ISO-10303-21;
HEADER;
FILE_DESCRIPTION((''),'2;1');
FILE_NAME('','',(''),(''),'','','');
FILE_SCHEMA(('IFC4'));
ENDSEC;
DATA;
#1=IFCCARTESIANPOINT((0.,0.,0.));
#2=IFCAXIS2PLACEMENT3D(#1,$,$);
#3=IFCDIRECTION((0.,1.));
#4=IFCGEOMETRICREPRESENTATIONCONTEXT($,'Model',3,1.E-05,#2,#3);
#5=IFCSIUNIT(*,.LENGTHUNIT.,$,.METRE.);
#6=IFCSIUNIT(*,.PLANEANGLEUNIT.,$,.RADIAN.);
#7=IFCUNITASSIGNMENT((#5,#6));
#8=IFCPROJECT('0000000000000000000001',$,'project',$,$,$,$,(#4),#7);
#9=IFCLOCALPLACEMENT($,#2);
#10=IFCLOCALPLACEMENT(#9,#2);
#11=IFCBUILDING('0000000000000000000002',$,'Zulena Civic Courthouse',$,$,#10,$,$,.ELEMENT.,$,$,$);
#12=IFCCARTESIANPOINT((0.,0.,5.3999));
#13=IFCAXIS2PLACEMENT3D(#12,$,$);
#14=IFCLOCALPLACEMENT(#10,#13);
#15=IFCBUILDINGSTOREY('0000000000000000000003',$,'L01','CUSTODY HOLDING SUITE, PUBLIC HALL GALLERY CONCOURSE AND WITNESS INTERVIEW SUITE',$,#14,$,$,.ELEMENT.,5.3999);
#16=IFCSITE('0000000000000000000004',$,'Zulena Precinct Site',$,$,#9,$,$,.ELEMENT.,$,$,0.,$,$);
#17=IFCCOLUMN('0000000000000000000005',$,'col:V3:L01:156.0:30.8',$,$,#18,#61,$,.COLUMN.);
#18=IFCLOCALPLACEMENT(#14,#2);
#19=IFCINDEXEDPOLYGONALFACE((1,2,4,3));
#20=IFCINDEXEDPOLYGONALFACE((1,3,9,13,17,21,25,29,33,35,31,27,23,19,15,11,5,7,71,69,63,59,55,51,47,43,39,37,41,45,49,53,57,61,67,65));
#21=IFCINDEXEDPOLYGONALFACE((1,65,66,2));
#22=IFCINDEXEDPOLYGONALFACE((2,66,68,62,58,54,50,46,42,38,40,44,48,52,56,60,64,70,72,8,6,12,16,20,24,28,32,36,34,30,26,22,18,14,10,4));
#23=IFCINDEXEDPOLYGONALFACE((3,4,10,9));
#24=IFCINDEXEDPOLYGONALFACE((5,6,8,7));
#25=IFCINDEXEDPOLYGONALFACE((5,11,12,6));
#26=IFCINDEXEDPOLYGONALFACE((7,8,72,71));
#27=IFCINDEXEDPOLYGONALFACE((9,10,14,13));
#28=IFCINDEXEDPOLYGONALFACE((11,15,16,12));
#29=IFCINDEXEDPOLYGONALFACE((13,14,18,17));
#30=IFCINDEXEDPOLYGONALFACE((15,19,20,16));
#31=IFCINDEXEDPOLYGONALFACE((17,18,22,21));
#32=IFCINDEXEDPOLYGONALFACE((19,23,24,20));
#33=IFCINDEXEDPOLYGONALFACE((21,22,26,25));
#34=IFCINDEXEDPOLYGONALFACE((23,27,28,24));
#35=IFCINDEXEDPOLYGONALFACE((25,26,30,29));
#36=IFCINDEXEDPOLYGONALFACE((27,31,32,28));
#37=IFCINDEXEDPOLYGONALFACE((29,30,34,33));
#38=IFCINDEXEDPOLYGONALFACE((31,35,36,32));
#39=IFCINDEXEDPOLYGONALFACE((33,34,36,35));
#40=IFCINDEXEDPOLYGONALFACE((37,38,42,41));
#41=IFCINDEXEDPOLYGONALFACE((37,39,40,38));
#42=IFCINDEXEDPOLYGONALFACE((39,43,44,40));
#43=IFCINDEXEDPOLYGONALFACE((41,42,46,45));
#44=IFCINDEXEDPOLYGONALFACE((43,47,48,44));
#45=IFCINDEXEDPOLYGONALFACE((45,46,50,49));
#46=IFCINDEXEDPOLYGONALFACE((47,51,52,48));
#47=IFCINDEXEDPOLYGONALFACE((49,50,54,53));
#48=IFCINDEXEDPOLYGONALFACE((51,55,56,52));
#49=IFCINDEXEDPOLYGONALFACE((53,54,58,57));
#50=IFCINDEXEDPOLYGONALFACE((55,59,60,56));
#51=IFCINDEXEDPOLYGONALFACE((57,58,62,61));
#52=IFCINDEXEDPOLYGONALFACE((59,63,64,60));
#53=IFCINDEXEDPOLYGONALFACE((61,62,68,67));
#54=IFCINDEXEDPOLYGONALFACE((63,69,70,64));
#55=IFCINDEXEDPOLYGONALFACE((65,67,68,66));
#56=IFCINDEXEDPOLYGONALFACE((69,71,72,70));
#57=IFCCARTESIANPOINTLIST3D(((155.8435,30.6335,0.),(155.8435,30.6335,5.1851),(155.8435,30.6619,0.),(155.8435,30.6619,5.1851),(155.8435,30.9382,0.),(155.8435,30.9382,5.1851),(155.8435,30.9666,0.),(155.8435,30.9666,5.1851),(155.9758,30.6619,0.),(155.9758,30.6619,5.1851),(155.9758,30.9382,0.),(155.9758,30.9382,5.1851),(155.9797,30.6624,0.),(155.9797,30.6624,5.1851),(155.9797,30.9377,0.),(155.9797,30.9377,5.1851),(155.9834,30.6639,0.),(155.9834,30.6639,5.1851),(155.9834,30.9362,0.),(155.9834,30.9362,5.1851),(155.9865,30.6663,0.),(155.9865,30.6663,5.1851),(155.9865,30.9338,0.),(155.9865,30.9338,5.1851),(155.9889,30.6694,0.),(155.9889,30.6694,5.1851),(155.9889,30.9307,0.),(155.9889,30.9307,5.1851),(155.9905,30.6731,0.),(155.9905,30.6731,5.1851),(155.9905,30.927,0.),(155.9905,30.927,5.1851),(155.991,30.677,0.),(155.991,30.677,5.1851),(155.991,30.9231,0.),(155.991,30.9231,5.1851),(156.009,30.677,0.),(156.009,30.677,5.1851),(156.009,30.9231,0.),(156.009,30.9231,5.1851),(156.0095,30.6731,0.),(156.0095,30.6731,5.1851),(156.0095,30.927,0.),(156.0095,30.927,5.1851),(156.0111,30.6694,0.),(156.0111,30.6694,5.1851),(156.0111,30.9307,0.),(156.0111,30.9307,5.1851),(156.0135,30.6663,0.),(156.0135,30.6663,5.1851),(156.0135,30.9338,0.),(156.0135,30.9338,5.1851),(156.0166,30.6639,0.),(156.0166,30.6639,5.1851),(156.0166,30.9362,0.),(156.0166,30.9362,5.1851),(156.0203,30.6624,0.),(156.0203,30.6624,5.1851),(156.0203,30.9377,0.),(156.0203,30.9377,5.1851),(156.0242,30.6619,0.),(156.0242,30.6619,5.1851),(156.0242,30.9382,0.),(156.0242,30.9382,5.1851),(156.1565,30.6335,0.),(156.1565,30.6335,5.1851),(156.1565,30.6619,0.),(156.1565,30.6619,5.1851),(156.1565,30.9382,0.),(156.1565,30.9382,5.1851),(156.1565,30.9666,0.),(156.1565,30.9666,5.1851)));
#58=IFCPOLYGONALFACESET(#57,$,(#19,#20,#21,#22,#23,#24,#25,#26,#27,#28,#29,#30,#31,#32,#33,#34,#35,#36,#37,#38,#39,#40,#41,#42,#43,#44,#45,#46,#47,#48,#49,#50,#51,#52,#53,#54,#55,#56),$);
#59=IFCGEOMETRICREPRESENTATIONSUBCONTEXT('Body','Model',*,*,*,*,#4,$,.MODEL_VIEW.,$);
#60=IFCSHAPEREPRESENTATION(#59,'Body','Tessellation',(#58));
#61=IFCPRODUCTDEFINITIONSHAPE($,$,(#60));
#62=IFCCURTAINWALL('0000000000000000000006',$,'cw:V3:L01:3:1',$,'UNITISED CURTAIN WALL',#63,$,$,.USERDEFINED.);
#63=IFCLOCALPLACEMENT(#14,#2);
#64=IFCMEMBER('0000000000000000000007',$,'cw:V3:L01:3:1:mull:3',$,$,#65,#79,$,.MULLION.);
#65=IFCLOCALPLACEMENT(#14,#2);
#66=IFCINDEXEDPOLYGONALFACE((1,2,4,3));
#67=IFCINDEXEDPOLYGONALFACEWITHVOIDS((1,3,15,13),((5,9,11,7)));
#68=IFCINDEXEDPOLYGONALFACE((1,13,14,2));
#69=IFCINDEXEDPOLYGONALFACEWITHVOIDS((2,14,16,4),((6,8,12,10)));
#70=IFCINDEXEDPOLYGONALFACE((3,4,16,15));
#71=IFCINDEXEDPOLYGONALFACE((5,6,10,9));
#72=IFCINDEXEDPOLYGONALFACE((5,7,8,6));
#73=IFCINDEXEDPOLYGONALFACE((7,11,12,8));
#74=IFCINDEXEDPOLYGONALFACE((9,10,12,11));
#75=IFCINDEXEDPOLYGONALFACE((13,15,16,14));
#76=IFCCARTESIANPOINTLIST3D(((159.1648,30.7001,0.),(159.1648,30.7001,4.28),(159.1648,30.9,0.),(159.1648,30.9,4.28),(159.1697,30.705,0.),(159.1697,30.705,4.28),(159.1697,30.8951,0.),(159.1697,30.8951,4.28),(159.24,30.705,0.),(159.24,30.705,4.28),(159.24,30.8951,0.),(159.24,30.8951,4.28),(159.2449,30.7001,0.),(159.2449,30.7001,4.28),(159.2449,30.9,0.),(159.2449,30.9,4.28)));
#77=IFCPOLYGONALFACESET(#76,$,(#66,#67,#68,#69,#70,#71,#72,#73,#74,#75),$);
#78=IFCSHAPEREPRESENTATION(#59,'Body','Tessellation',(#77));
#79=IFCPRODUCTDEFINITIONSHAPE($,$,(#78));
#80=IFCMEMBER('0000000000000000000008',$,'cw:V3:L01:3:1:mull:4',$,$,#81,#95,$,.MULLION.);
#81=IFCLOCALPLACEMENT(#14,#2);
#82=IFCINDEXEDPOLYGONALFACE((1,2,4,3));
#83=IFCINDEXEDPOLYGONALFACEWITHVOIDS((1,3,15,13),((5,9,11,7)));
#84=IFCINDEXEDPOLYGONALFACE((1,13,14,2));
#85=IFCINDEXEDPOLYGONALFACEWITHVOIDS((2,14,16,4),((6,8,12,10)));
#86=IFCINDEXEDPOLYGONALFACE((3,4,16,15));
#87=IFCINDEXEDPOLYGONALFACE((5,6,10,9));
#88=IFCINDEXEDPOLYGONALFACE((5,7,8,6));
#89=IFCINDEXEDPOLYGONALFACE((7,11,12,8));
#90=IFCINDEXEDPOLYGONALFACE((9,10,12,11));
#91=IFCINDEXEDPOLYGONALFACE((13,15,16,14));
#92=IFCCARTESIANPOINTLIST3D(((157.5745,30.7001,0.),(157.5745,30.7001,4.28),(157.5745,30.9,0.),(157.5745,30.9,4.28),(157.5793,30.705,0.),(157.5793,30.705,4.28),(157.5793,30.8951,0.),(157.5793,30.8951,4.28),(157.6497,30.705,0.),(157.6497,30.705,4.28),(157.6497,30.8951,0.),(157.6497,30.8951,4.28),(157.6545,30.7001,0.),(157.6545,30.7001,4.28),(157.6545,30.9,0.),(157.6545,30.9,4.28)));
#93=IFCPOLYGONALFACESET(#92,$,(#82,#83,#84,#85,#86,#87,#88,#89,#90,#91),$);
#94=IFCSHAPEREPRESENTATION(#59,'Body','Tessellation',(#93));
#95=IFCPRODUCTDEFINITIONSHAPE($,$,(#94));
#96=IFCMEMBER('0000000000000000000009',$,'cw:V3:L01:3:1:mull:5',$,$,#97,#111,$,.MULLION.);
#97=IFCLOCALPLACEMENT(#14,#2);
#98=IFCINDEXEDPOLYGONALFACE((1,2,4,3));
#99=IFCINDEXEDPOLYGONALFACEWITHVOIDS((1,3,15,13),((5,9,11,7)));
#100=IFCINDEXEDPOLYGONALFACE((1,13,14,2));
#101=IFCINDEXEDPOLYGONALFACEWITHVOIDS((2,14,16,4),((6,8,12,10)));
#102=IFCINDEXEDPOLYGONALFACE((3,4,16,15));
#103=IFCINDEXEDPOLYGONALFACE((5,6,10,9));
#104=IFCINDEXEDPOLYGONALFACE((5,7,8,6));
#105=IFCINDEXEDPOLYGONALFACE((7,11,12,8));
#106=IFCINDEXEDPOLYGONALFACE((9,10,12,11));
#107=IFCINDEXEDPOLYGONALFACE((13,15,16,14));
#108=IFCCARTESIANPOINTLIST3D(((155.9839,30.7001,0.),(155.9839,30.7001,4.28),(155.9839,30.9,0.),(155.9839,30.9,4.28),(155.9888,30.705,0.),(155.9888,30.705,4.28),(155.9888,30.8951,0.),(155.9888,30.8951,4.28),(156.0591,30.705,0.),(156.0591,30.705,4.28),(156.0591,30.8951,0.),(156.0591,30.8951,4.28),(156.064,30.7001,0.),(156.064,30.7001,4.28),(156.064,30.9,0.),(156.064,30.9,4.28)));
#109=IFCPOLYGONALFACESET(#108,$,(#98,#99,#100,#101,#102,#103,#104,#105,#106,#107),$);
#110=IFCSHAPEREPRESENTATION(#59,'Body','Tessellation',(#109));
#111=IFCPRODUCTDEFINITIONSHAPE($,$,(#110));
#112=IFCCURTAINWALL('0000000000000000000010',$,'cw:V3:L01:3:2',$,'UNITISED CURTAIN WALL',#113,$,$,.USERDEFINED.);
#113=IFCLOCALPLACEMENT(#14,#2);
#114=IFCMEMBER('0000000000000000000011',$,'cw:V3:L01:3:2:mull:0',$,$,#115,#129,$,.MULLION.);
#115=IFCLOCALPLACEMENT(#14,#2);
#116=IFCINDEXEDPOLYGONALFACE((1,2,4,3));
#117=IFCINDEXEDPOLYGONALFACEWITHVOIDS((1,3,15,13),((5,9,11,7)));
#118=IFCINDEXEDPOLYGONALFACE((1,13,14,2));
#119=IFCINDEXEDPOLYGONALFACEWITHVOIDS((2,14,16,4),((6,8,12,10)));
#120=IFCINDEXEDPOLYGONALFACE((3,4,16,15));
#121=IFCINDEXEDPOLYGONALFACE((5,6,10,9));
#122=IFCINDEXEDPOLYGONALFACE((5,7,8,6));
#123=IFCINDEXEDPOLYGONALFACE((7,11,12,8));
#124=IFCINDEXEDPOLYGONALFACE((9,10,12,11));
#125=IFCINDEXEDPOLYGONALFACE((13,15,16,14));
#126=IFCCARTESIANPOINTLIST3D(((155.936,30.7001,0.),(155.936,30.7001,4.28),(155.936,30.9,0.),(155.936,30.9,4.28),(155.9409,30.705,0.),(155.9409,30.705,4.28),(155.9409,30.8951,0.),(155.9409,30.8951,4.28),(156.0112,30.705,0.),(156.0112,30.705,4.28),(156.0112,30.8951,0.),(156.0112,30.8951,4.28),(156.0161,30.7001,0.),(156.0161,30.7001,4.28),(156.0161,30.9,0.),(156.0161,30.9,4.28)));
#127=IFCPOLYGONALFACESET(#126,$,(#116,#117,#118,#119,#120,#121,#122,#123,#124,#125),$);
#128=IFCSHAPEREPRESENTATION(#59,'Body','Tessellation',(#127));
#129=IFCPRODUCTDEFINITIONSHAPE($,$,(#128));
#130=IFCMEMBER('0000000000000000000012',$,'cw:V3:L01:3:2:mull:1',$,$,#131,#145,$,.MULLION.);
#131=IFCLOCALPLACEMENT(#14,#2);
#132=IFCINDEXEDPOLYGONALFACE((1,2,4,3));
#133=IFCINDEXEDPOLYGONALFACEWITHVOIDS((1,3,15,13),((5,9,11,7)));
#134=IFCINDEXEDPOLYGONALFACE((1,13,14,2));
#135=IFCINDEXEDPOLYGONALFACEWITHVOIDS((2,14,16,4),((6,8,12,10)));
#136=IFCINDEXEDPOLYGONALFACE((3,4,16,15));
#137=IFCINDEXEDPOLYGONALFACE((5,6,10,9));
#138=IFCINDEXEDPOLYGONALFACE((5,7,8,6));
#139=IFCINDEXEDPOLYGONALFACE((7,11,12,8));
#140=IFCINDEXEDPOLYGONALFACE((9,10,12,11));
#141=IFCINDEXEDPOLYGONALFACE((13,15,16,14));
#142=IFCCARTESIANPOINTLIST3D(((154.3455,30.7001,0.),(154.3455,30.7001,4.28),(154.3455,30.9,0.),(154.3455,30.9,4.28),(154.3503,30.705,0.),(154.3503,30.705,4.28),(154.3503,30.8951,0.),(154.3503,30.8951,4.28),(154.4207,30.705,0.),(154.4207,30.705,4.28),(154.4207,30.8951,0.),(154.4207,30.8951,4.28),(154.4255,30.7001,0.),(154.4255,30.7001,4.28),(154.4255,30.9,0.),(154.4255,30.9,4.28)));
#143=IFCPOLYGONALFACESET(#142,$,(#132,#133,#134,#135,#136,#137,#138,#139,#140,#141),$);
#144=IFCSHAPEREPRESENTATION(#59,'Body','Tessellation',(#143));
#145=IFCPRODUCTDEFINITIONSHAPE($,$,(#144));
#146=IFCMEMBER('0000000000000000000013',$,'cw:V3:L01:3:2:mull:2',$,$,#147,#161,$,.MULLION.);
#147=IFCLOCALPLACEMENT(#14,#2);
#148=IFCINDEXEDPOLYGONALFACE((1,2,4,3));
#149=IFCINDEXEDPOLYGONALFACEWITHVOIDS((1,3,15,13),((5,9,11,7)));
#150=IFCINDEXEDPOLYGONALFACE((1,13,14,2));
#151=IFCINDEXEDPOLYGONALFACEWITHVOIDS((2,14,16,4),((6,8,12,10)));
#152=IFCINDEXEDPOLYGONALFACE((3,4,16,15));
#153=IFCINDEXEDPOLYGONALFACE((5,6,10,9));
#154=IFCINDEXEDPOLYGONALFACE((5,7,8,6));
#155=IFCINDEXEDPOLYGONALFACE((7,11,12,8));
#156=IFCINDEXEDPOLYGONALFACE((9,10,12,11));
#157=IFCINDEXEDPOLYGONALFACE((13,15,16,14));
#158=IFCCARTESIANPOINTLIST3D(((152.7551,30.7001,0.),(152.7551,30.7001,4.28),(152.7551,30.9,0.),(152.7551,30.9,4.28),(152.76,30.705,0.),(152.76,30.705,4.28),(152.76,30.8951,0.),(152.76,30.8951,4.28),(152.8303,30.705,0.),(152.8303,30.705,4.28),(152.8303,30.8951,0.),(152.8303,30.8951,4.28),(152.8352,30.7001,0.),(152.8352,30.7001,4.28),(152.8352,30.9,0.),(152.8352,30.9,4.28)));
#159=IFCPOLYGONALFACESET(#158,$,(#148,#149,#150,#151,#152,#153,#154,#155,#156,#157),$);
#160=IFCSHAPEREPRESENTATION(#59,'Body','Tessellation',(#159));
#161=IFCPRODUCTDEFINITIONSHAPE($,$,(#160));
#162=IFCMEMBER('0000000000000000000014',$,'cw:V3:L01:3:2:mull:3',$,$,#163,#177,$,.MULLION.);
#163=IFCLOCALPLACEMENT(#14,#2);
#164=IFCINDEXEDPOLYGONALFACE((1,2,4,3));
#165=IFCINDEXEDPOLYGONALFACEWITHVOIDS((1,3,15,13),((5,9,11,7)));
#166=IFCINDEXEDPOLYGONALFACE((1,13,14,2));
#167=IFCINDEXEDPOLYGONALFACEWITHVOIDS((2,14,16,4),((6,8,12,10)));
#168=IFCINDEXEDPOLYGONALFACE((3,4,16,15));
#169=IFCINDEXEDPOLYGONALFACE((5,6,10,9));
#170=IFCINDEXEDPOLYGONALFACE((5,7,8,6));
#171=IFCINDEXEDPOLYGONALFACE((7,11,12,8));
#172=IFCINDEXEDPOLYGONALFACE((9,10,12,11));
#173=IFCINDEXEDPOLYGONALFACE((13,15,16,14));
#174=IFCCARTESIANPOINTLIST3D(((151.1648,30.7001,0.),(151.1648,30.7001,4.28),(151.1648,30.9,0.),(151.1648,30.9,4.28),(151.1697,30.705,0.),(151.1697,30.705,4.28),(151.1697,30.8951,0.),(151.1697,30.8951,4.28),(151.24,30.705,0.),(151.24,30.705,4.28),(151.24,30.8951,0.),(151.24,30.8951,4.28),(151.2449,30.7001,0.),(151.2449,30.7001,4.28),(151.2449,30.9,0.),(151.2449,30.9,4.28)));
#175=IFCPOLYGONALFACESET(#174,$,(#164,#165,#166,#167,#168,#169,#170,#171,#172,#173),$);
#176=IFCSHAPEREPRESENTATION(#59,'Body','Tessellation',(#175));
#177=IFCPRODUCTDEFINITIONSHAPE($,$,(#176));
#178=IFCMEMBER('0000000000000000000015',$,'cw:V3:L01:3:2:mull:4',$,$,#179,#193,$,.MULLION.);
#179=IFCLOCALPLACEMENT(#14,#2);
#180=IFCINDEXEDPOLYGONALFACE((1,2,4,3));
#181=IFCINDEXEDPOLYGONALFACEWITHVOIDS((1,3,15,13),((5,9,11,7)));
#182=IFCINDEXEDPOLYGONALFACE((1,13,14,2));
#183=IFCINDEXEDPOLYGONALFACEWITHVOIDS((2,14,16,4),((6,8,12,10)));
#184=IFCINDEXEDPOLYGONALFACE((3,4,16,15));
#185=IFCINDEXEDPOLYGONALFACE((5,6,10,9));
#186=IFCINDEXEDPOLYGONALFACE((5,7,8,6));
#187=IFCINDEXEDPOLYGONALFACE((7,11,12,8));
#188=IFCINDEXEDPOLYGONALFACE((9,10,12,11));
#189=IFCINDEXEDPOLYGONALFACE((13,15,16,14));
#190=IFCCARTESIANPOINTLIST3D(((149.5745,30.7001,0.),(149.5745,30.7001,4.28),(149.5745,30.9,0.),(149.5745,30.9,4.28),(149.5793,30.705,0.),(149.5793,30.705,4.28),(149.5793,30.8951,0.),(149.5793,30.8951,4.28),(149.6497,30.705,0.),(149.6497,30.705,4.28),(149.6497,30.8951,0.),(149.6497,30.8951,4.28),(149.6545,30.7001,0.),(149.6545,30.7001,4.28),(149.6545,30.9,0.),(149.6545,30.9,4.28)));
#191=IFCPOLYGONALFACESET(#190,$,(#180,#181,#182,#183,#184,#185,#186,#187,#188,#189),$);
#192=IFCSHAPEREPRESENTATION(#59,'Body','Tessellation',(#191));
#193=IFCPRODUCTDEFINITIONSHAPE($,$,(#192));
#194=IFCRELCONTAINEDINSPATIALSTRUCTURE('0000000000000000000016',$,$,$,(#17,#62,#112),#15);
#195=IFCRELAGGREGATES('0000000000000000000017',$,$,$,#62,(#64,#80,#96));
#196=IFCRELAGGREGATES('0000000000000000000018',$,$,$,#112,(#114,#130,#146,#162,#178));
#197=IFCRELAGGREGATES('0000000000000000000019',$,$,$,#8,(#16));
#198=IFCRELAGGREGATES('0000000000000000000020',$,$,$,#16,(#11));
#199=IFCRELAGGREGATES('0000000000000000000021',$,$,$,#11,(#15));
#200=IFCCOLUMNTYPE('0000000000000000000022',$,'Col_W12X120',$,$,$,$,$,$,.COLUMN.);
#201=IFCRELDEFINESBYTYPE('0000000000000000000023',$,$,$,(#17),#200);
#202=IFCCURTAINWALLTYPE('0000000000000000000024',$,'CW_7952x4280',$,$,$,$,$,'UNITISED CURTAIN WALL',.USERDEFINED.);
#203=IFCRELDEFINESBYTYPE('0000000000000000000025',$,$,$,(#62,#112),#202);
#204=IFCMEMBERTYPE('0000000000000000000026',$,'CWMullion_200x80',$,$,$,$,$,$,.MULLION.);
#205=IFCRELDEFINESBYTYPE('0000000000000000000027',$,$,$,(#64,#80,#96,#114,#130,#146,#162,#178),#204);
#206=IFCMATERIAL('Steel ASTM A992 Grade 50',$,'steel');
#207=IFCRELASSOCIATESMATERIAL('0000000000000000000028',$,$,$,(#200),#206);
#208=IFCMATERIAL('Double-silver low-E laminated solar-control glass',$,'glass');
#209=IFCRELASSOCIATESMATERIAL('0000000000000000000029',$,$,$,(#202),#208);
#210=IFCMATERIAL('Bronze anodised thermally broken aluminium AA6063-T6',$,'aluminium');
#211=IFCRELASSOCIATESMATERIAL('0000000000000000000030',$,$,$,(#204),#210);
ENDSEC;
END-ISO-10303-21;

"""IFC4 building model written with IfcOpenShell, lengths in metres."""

from ifc_helpers import new_model, si_unit, direction, frame, origin, origin_2d, place, context, subcontext, project, spatial, hollow_rectangle, i_section, extrude, material, material_profile, profile_set, type_object, element, aggregate, save


model = new_model("IFC4")

# Units and contexts
model_context = context("Model", 3, precision=1e-05, world=origin(), true_north=direction((0.0, 1.0)))
body_context = subcontext(model_context, "Body", "Model", "MODEL_VIEW")
ifc_project = project(units=[si_unit("LENGTHUNIT", "METRE"), si_unit("PLANEANGLEUNIT", "RADIAN")], contexts=[model_context])

# Site, building, storey
site_placement = place(None, origin())
site = spatial("IfcSite", under=ifc_project, at=site_placement, Name="Zulena Precinct Site", CompositionType="ELEMENT", RefElevation=0.0)
building_placement = place(site_placement, origin())
building = spatial("IfcBuilding", under=site, at=building_placement, Name="Zulena Civic Courthouse", CompositionType="ELEMENT")
storey_placement = place(building_placement, frame((0.0, 0.0, 5.3999)))
storey = spatial("IfcBuildingStorey", under=building, at=storey_placement, Name="L01", Description="CUSTODY HOLDING SUITE, PUBLIC HALL GALLERY CONCOURSE AND WITNESS INTERVIEW SUITE", CompositionType="ELEMENT", Elevation=5.3999)

# Column
ifc_material_1 = material(Name="Steel ASTM A992 Grade 50", Category="steel")
ifc_material_profile_1 = material_profile(ifc_material_1, i_section(OverallWidth=0.313, OverallDepth=0.333, WebThickness=0.0181, FlangeThickness=0.0283, FilletRadius=0.0151, at=origin_2d()), Name="W12X120")
ifc_profile_set_1 = profile_set([ifc_material_profile_1], Name="Steel ASTM A992 Grade 50")
column_type = type_object("IfcColumnType", Name="Col_W12X120", PredefinedType="COLUMN", material=ifc_profile_set_1)
column_placement = place(storey_placement, frame((156.0, 30.8, 0.0), z_axis=(0.0, 0.0, 1.0), x_axis=(1.0, 0.0, 0.0)))
element("IfcColumn", 1, at=column_placement, inside=storey, type_object=column_type, Name="col:V3:L01:156.0:30.8", PredefinedType="COLUMN", context=body_context, shape_type="SweptSolid", body=[
    extrude(i_section(OverallWidth=0.313, OverallDepth=0.333, WebThickness=0.0181, FlangeThickness=0.0283, FilletRadius=0.0151, at=origin_2d()), origin(), (0.0, 0.0, 1.0), 5.1851),
])

# Curtain walls, members
ifc_material_2 = material(Name="Double-silver low-E laminated solar-control glass", Category="glass")
curtain_wall_type = type_object("IfcCurtainWallType", Name="CW_7952x4280", ElementType="UNITISED CURTAIN WALL", PredefinedType="USERDEFINED", material=ifc_material_2)
curtain_wall_1_placement = place(storey_placement, origin())
curtain_wall_1 = element("IfcCurtainWall", 2, at=curtain_wall_1_placement, inside=storey, type_object=curtain_wall_type, Name="cw:V3:L01:3:1", ObjectType="UNITISED CURTAIN WALL", PredefinedType="USERDEFINED")
ifc_material_3 = material(Name="Bronze anodised thermally broken aluminium AA6063-T6", Category="aluminium")
ifc_material_profile_2 = material_profile(ifc_material_3, hollow_rectangle(XDim=0.0801, YDim=0.2, WallThickness=0.0049, at=origin_2d()), Name="CWM200X80X5")
ifc_profile_set_2 = profile_set([ifc_material_profile_2], Name="Bronze anodised thermally broken aluminium AA6063-T6")
member_type_1 = type_object("IfcMemberType", Name="CWMullion_200x80", PredefinedType="MULLION", material=ifc_profile_set_2)
member_1_placement = place(storey_placement, frame((159.2048, 30.8, 0.0), z_axis=(0.0, 0.0, 1.0), x_axis=(1.0, 0.0, 0.0)))
member_1 = element("IfcMember", 3, at=member_1_placement, type_object=member_type_1, Name="cw:V3:L01:3:1:mull:3", PredefinedType="MULLION", context=body_context, shape_type="SweptSolid", body=[
    extrude(hollow_rectangle(XDim=0.0801, YDim=0.2, WallThickness=0.0049, at=origin_2d()), origin(), (0.0, 0.0, 1.0), 4.28),
])
member_2_placement = place(storey_placement, frame((157.6145, 30.8, 0.0), z_axis=(0.0, 0.0, 1.0), x_axis=(1.0, 0.0, 0.0)))
member_2 = element("IfcMember", 4, at=member_2_placement, type_object=member_type_1, Name="cw:V3:L01:3:1:mull:4", PredefinedType="MULLION", context=body_context, shape_type="SweptSolid", body=[
    extrude(hollow_rectangle(XDim=0.0801, YDim=0.2, WallThickness=0.0049, at=origin_2d()), origin(), (0.0, 0.0, 1.0), 4.28),
])
member_3_placement = place(storey_placement, frame((156.0239, 30.8, 0.0), z_axis=(0.0, 0.0, 1.0), x_axis=(1.0, 0.0, 0.0)))
member_3 = element("IfcMember", 5, at=member_3_placement, type_object=member_type_1, Name="cw:V3:L01:3:1:mull:5", PredefinedType="MULLION", context=body_context, shape_type="SweptSolid", body=[
    extrude(hollow_rectangle(XDim=0.0801, YDim=0.2, WallThickness=0.0049, at=origin_2d()), origin(), (0.0, 0.0, 1.0), 4.28),
])
curtain_wall_2_placement = place(storey_placement, origin())
curtain_wall_2 = element("IfcCurtainWall", 6, at=curtain_wall_2_placement, inside=storey, type_object=curtain_wall_type, Name="cw:V3:L01:3:2", ObjectType="UNITISED CURTAIN WALL", PredefinedType="USERDEFINED")
member_4_placement = place(storey_placement, frame((155.9761, 30.8, 0.0), z_axis=(0.0, 0.0, 1.0), x_axis=(1.0, 0.0, 0.0)))
member_4 = element("IfcMember", 7, at=member_4_placement, type_object=member_type_1, Name="cw:V3:L01:3:2:mull:0", PredefinedType="MULLION", context=body_context, shape_type="SweptSolid", body=[
    extrude(hollow_rectangle(XDim=0.0801, YDim=0.2, WallThickness=0.0049, at=origin_2d()), origin(), (0.0, 0.0, 1.0), 4.28),
])
member_5_placement = place(storey_placement, frame((154.3855, 30.8, 0.0), z_axis=(0.0, 0.0, 1.0), x_axis=(1.0, 0.0, 0.0)))
member_5 = element("IfcMember", 8, at=member_5_placement, type_object=member_type_1, Name="cw:V3:L01:3:2:mull:1", PredefinedType="MULLION", context=body_context, shape_type="SweptSolid", body=[
    extrude(hollow_rectangle(XDim=0.0801, YDim=0.2, WallThickness=0.0049, at=origin_2d()), origin(), (0.0, 0.0, 1.0), 4.28),
])
member_6_placement = place(storey_placement, frame((152.7952, 30.8, 0.0), z_axis=(0.0, 0.0, 1.0), x_axis=(1.0, 0.0, 0.0)))
member_6 = element("IfcMember", 9, at=member_6_placement, type_object=member_type_1, Name="cw:V3:L01:3:2:mull:2", PredefinedType="MULLION", context=body_context, shape_type="SweptSolid", body=[
    extrude(hollow_rectangle(XDim=0.0801, YDim=0.2, WallThickness=0.0049, at=origin_2d()), origin(), (0.0, 0.0, 1.0), 4.28),
])
member_7_placement = place(storey_placement, frame((151.2048, 30.8, 0.0), z_axis=(0.0, 0.0, 1.0), x_axis=(1.0, 0.0, 0.0)))
member_7 = element("IfcMember", 10, at=member_7_placement, type_object=member_type_1, Name="cw:V3:L01:3:2:mull:3", PredefinedType="MULLION", context=body_context, shape_type="SweptSolid", body=[
    extrude(hollow_rectangle(XDim=0.0801, YDim=0.2, WallThickness=0.0049, at=origin_2d()), origin(), (0.0, 0.0, 1.0), 4.28),
])
member_8_placement = place(storey_placement, frame((149.6145, 30.8, 0.0), z_axis=(0.0, 0.0, 1.0), x_axis=(1.0, 0.0, 0.0)))
member_8 = element("IfcMember", 11, at=member_8_placement, type_object=member_type_1, Name="cw:V3:L01:3:2:mull:4", PredefinedType="MULLION", context=body_context, shape_type="SweptSolid", body=[
    extrude(hollow_rectangle(XDim=0.0801, YDim=0.2, WallThickness=0.0049, at=origin_2d()), origin(), (0.0, 0.0, 1.0), 4.28),
])

aggregate(curtain_wall_1, [member_1, member_2, member_3])
aggregate(curtain_wall_2, [member_4, member_5, member_6, member_7, member_8])

save(model, "model.ifc")
